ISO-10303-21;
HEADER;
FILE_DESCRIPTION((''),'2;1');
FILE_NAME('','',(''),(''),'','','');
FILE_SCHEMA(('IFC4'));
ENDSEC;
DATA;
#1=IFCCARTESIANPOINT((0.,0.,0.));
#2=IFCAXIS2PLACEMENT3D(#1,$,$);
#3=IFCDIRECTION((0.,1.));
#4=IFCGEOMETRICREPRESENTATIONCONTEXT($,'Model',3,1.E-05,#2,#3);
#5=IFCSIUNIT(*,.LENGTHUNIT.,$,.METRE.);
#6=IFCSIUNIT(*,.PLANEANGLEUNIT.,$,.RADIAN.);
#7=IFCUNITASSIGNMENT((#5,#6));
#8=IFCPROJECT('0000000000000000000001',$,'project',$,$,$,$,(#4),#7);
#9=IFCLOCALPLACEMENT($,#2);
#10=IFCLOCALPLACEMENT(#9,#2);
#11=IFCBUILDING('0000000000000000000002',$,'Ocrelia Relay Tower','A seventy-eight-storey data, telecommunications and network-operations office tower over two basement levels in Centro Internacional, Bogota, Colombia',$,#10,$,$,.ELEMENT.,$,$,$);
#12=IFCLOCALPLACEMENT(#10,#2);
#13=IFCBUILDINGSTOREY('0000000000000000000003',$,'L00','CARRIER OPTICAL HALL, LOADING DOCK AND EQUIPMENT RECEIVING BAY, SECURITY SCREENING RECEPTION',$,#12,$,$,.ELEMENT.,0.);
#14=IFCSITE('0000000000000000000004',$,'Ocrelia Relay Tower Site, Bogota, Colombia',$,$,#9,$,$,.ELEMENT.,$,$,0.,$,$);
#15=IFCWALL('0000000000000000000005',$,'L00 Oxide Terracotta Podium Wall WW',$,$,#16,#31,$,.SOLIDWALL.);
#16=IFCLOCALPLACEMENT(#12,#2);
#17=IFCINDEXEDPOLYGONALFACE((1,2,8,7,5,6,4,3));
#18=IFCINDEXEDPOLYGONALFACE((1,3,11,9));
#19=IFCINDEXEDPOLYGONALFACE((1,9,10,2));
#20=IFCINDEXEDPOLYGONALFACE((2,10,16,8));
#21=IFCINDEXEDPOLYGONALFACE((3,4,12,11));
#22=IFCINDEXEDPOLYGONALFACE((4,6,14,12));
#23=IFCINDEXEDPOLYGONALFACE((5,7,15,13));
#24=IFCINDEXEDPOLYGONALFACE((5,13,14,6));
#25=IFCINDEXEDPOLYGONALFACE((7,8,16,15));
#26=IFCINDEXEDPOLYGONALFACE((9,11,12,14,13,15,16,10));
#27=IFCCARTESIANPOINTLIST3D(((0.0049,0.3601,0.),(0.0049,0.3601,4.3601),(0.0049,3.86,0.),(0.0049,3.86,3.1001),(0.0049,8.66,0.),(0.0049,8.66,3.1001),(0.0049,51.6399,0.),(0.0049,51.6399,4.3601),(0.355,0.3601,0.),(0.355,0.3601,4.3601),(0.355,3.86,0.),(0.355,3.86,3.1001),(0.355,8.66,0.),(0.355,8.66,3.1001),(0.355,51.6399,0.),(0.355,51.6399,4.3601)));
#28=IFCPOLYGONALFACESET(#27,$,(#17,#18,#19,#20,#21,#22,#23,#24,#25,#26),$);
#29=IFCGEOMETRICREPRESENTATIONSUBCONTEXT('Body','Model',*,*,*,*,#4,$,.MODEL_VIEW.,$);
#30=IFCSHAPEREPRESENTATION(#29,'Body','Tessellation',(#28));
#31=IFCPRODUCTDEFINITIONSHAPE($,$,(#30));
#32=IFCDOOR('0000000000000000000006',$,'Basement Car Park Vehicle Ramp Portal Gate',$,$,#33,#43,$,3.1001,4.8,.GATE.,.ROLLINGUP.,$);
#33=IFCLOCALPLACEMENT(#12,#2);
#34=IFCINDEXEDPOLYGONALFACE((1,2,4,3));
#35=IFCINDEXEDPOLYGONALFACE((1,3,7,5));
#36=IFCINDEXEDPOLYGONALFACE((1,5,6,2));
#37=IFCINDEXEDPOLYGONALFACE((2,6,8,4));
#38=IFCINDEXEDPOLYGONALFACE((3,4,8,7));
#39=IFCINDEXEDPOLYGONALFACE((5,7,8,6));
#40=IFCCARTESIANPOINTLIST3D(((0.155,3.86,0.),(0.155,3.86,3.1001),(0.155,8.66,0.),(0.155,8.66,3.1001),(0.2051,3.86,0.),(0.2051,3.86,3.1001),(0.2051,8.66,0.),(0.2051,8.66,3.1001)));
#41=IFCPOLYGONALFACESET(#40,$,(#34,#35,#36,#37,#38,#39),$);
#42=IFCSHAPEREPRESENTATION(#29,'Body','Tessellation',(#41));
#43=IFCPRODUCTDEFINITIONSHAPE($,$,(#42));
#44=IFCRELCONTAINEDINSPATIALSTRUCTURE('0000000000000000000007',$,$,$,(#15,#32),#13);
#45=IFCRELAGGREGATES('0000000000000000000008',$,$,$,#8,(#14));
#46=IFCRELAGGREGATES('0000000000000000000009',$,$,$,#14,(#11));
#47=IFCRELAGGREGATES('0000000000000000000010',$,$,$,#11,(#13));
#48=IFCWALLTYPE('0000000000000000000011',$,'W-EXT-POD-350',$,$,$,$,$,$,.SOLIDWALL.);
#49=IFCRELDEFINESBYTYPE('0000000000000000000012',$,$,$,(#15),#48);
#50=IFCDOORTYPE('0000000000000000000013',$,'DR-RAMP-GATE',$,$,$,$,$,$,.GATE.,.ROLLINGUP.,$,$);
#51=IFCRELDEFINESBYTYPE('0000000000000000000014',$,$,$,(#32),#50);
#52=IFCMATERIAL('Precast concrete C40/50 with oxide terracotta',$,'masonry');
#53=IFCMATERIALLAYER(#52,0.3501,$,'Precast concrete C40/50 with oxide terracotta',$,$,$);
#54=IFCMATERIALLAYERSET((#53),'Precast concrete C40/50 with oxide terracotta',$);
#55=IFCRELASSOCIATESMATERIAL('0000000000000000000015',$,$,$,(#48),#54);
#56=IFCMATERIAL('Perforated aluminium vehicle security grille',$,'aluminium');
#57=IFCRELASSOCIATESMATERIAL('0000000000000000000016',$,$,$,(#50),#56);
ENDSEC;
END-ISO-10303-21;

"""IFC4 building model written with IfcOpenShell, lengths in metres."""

from ifc_helpers import new_model, si_unit, direction, frame, frame_2d, origin, place, context, subcontext, project, spatial, rectangle, extrude, material, layer, layer_set, type_object, element, fill, save


model = new_model("IFC4")

# Units and contexts
model_context = context("Model", 3, precision=1e-05, world=origin(), true_north=direction((0.0, 1.0)))
body_context = subcontext(model_context, "Body", "Model", "MODEL_VIEW")
ifc_project = project(units=[si_unit("LENGTHUNIT", "METRE"), si_unit("PLANEANGLEUNIT", "RADIAN")], contexts=[model_context])

# Site, building, storey
site_placement = place(None, origin())
site = spatial("IfcSite", under=ifc_project, at=site_placement, Name="Ocrelia Relay Tower Site, Bogota, Colombia", CompositionType="ELEMENT", RefElevation=0.0)
building_placement = place(site_placement, origin())
building = spatial("IfcBuilding", under=site, at=building_placement, Name="Ocrelia Relay Tower", Description="A seventy-eight-storey data, telecommunications and network-operations office tower over two basement levels in Centro Internacional, Bogota, Colombia", CompositionType="ELEMENT")
storey_placement = place(building_placement, origin())
storey = spatial("IfcBuildingStorey", under=building, at=storey_placement, Name="L00", Description="CARRIER OPTICAL HALL, LOADING DOCK AND EQUIPMENT RECEIVING BAY, SECURITY SCREENING RECEPTION", CompositionType="ELEMENT", Elevation=0.0)

# Wall, opening, door
ifc_material_1 = material(Name="Precast concrete C40/50 with oxide terracotta", Category="masonry")
ifc_layer_1 = layer(ifc_material_1, 0.3501, Name="Precast concrete C40/50 with oxide terracotta")
ifc_layer_set_1 = layer_set([ifc_layer_1], Name="Precast concrete C40/50 with oxide terracotta")
wall_type = type_object("IfcWallType", Name="W-EXT-POD-350", PredefinedType="SOLIDWALL", material=ifc_layer_set_1)
wall_placement = place(storey_placement, frame((0.1799, 0.3601, 0.0), z_axis=(0.0, 0.0, 1.0), x_axis=(0.0, 1.0, 0.0)))
wall = element("IfcWall", 1, at=wall_placement, inside=storey, type_object=wall_type, Name="L00 Oxide Terracotta Podium Wall WW", PredefinedType="SOLIDWALL", context=body_context, shape_type="SweptSolid", body=[
    extrude(rectangle(XDim=51.2798, YDim=0.3501, at=frame_2d((25.6399, 0.0))), origin(), (0.0, 0.0, 1.0), 4.3601),
])
opening_placement = place(wall_placement, frame((3.5, 0.0, 0.0)))
opening = element("IfcOpeningElement", 2, at=opening_placement, cuts=wall, PredefinedType="OPENING", context=body_context, shape_type="SweptSolid", body=[
    extrude(rectangle(XDim=4.8, YDim=3.1001, at=frame_2d((2.3999, 1.55))), frame((0.0, 0.1851, 0.0), z_axis=(0.0, -1.0, 0.0), x_axis=(1.0, 0.0, 0.0)), (0.0, 0.0, 1.0), 0.3701),
])
ifc_material_2 = material(Name="Perforated aluminium vehicle security grille", Category="aluminium")
door_type = type_object("IfcDoorType", Name="DR-RAMP-GATE", OperationType="ROLLINGUP", PredefinedType="GATE", material=ifc_material_2)
door_placement = place(opening_placement, origin())
door = element("IfcDoor", 3, at=door_placement, inside=storey, type_object=door_type, Name="Basement Car Park Vehicle Ramp Portal Gate", OperationType="ROLLINGUP", OverallHeight=3.1001, OverallWidth=4.8, PredefinedType="GATE", context=body_context, shape_type="SweptSolid", body=[
    extrude(rectangle(XDim=4.8, YDim=3.1001, at=frame_2d((2.3999, 1.55))), frame((0.0, 0.0249, 0.0), z_axis=(0.0, -1.0, 0.0), x_axis=(1.0, 0.0, 0.0)), (0.0, 0.0, 1.0), 0.05),
])
fill(opening, door)

save(model, "model.ifc")
